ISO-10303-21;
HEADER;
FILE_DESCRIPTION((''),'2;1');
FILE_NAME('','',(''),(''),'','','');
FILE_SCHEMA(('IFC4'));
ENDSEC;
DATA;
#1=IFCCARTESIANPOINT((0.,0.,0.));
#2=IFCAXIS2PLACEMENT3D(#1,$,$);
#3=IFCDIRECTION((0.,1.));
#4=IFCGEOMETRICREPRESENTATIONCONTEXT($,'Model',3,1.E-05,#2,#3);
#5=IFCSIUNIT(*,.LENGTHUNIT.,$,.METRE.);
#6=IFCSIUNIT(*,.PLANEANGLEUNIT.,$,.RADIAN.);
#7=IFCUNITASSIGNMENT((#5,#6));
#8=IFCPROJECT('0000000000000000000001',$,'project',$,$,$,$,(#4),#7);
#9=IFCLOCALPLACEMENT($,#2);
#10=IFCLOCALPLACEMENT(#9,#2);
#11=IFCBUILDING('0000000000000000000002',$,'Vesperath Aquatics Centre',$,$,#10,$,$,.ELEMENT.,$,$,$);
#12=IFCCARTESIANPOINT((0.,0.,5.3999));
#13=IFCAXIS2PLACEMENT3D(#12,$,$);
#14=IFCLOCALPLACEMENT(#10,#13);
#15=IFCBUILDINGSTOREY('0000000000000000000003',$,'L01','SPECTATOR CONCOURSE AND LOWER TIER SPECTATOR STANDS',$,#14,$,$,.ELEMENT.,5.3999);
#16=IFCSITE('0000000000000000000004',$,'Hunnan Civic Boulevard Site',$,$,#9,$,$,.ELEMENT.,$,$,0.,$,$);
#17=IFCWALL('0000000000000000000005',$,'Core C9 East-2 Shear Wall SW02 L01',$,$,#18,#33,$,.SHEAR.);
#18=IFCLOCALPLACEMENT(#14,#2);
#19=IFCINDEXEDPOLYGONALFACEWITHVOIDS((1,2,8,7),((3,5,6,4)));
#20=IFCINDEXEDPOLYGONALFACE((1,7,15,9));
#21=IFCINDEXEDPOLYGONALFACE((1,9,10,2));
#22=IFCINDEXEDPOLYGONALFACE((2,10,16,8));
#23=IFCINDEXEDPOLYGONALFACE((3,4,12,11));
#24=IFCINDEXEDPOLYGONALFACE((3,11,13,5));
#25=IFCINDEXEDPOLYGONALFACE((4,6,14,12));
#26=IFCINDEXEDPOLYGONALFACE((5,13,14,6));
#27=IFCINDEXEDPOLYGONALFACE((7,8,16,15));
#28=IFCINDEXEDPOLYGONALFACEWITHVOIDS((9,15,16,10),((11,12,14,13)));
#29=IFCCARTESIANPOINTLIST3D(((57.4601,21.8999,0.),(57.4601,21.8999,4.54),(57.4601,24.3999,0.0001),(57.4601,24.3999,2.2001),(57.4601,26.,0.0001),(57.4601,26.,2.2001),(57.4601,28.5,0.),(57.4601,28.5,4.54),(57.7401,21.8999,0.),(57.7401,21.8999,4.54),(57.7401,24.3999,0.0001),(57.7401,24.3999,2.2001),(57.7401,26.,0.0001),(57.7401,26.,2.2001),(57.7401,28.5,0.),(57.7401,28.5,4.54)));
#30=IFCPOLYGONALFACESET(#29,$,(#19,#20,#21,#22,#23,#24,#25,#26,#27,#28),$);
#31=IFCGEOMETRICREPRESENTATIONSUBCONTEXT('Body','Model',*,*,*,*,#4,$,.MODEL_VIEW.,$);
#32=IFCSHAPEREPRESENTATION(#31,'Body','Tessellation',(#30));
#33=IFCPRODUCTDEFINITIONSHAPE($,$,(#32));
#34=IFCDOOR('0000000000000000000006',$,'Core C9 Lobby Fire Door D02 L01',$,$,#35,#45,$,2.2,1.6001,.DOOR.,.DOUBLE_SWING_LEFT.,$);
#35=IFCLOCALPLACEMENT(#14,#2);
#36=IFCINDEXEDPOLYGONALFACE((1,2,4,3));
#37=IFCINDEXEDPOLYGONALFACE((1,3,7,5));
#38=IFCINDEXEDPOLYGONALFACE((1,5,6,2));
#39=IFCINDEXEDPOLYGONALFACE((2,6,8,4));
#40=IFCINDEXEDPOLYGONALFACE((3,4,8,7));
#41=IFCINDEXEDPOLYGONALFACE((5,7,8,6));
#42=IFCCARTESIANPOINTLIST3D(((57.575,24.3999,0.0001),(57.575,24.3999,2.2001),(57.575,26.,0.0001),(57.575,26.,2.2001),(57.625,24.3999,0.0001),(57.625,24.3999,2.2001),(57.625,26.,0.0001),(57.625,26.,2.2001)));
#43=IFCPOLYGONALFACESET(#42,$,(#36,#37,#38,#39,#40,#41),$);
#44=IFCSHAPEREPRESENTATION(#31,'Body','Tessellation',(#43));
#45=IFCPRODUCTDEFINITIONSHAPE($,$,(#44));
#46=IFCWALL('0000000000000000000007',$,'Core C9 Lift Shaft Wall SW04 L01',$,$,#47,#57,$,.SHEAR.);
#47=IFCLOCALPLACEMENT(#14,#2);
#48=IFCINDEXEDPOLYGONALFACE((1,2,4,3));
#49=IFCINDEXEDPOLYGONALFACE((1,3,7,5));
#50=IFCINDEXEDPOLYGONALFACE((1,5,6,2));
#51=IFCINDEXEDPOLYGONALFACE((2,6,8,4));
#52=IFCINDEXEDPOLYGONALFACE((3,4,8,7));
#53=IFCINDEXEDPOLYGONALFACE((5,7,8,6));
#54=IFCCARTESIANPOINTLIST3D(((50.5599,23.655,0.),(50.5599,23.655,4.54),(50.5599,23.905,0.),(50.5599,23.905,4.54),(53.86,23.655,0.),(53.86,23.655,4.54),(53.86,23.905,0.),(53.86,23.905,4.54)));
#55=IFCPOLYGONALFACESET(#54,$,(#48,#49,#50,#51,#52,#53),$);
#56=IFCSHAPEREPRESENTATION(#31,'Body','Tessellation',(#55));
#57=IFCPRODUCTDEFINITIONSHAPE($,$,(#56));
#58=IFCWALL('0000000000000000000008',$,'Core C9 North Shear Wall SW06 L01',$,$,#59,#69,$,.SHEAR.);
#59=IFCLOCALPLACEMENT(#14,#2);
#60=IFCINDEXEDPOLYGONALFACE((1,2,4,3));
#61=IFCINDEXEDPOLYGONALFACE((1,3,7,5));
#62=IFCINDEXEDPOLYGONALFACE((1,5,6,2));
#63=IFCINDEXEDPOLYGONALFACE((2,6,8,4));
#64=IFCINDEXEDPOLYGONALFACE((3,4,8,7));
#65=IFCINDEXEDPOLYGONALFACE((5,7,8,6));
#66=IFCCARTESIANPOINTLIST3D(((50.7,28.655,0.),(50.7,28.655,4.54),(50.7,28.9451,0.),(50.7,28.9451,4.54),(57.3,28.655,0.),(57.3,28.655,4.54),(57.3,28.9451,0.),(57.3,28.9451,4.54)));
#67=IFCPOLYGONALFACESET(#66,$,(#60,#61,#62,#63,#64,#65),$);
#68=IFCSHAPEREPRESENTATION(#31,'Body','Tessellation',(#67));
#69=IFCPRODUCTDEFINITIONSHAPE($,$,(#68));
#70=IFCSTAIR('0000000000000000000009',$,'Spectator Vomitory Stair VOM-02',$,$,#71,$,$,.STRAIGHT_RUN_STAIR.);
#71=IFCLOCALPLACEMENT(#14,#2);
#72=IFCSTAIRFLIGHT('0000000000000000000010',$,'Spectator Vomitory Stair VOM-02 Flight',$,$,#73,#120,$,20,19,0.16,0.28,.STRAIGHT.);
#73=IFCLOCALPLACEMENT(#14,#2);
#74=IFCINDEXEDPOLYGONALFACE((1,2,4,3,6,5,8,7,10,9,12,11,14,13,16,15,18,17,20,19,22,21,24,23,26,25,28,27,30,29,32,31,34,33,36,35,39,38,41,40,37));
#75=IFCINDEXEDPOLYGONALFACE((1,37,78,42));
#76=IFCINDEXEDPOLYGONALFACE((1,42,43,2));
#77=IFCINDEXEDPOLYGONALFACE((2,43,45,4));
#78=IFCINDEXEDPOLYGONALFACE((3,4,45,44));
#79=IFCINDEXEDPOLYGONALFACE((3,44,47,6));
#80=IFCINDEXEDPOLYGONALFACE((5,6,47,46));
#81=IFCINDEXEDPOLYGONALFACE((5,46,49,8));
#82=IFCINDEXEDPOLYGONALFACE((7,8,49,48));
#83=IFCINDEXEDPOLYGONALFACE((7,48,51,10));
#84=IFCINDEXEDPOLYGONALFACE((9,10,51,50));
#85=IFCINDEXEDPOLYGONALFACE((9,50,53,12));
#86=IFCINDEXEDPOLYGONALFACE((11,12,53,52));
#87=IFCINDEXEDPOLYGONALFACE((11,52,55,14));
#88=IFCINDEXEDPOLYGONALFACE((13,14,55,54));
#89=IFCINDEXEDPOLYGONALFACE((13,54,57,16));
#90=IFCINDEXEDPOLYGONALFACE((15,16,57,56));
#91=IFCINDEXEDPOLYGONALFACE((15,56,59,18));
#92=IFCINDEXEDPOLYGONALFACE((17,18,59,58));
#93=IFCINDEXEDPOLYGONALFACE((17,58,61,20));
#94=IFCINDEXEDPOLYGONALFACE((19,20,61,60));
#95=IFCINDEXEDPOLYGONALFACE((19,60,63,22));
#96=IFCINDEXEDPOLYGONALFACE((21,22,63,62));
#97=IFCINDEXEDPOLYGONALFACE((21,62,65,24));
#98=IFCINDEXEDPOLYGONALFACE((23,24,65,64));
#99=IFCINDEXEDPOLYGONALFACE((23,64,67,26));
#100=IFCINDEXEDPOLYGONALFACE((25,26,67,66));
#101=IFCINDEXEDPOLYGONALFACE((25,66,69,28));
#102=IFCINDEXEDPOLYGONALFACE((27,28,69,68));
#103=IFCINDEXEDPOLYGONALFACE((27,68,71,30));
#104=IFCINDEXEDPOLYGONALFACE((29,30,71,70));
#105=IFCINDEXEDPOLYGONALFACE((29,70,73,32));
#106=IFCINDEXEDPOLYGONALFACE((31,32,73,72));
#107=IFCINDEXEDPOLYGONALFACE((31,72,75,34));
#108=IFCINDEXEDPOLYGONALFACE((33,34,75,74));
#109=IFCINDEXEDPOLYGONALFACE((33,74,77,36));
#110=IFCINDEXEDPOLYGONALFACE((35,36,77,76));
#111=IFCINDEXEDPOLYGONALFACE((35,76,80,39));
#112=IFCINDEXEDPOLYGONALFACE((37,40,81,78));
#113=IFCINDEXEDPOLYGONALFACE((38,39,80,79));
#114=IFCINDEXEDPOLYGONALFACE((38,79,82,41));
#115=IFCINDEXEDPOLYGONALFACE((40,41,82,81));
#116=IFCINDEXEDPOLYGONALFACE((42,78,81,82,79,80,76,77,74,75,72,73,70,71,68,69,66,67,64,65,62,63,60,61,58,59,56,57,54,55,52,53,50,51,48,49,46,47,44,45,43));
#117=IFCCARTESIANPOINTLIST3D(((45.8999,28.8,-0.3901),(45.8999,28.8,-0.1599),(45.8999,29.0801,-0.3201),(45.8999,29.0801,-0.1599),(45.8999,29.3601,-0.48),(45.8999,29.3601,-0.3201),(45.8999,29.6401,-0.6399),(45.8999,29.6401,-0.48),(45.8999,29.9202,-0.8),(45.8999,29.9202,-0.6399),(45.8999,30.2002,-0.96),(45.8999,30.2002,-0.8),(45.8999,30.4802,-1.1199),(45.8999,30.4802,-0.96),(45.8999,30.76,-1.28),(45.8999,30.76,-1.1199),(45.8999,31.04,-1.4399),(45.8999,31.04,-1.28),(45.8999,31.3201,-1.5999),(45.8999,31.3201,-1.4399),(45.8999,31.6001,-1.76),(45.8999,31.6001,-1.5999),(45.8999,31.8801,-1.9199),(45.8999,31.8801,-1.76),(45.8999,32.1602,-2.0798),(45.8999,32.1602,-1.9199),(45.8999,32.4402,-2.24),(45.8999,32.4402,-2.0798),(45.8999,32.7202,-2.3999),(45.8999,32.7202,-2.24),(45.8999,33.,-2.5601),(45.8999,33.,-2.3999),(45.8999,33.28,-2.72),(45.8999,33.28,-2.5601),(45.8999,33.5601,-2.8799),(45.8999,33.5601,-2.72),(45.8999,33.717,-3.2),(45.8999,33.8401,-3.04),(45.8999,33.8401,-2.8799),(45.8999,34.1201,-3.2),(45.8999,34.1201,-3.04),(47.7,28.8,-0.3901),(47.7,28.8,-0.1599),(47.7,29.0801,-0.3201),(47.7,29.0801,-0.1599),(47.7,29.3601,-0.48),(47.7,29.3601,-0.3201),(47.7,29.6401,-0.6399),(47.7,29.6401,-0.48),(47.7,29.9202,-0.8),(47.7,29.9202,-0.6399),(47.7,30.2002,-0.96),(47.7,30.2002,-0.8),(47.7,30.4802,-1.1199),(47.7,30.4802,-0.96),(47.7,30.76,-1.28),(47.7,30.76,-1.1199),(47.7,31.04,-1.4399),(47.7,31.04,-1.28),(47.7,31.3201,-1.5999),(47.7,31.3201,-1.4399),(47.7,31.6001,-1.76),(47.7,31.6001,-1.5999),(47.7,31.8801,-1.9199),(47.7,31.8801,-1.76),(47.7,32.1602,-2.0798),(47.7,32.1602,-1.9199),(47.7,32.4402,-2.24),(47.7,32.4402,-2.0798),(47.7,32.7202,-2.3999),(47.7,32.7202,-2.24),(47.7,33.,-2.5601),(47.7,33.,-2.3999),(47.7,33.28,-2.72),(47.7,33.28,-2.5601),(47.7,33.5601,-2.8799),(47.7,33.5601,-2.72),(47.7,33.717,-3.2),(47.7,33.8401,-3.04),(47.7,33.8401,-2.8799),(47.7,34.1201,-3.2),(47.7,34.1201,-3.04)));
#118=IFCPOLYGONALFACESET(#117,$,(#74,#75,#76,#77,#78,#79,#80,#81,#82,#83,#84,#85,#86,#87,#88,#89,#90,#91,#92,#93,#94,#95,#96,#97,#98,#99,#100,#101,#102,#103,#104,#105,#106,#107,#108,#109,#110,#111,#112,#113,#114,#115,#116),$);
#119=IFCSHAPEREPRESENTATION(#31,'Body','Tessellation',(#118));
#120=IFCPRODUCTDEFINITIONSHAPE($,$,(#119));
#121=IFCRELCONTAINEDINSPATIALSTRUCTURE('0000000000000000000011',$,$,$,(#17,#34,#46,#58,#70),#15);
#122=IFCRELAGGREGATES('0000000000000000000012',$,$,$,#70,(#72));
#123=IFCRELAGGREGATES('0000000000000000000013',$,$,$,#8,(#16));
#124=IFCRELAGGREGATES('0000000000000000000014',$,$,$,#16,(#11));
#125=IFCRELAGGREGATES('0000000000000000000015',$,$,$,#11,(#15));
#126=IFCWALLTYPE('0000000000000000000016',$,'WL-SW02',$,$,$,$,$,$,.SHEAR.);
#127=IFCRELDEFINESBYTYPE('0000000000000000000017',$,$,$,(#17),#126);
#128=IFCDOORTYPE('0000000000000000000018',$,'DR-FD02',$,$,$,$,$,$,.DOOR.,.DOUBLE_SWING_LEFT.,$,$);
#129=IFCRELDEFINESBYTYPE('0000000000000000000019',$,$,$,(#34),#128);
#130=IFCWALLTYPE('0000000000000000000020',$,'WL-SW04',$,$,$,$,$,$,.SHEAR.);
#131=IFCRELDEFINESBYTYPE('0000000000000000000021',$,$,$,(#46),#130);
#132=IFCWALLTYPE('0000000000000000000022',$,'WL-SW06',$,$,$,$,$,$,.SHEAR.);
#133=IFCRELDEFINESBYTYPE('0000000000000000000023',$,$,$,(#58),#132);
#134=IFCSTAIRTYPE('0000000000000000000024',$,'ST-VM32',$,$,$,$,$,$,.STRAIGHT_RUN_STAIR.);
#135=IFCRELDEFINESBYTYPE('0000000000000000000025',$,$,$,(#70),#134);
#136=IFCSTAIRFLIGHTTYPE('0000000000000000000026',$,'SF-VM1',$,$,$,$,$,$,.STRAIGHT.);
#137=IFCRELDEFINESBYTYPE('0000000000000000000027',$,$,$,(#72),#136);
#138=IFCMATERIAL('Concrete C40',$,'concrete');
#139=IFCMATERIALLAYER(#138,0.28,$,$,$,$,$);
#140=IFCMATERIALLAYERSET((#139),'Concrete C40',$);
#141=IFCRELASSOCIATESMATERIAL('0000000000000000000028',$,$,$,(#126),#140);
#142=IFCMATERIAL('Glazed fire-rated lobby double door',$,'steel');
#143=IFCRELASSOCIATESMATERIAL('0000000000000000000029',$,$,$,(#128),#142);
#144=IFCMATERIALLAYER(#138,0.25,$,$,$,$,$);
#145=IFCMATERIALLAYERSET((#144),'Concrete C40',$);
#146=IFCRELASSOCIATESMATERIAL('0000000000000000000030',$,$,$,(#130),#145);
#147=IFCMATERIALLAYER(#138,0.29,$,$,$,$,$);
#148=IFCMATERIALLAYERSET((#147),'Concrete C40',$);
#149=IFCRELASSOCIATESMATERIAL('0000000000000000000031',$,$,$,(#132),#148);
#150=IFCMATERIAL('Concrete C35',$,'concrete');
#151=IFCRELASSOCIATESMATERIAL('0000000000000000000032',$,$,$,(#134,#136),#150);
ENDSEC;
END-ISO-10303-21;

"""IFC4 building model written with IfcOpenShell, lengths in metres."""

from ifc_helpers import new_model, si_unit, direction, frame, frame_2d, origin, place, context, subcontext, project, spatial, polyline, rectangle, outline, extrude, material, layer, layer_set, type_object, element, fill, aggregate, save


model = new_model("IFC4")

# Units and contexts
model_context = context("Model", 3, precision=1e-05, world=origin(), true_north=direction((0.0, 1.0)))
body_context = subcontext(model_context, "Body", "Model", "MODEL_VIEW")
ifc_project = project(units=[si_unit("LENGTHUNIT", "METRE"), si_unit("PLANEANGLEUNIT", "RADIAN")], contexts=[model_context])

# Site, building, storey
site_placement = place(None, origin())
site = spatial("IfcSite", under=ifc_project, at=site_placement, Name="Hunnan Civic Boulevard Site", CompositionType="ELEMENT", RefElevation=0.0)
building_placement = place(site_placement, origin())
building = spatial("IfcBuilding", under=site, at=building_placement, Name="Vesperath Aquatics Centre", CompositionType="ELEMENT")
storey_placement = place(building_placement, frame((0.0, 0.0, 5.3999)))
storey = spatial("IfcBuildingStorey", under=building, at=storey_placement, Name="L01", Description="SPECTATOR CONCOURSE AND LOWER TIER SPECTATOR STANDS", CompositionType="ELEMENT", Elevation=5.3999)

# Shared definitions
ifc_material_1 = material(Name="Concrete C40", Category="concrete")

# Shared definitions
ifc_material_2 = material(Name="Concrete C35", Category="concrete")

# Shared definitions
ifc_layer_1 = layer(ifc_material_1, 0.28)
ifc_layer_set_1 = layer_set([ifc_layer_1], Name="Concrete C40")
wall_type_1 = type_object("IfcWallType", Name="WL-SW02", PredefinedType="SHEAR", material=ifc_layer_set_1)

# Wall, opening, door
wall_1_placement = place(storey_placement, frame((57.6001, 21.8999, 0.0), z_axis=(0.0, 0.0, 1.0), x_axis=(0.0, 1.0, 0.0)))
wall_1 = element("IfcWall", 1, at=wall_1_placement, inside=storey, type_object=wall_type_1, Name="Core C9 East-2 Shear Wall SW02 L01", PredefinedType="SHEAR", context=body_context, shape_type="SweptSolid", body=[
    extrude(rectangle(XDim=6.6001, YDim=0.28, at=frame_2d((3.3, 0.0))), origin(), (0.0, 0.0, 1.0), 4.54),
])
opening_placement = place(wall_1_placement, frame((2.5, 0.0, 0.0)))
opening = element("IfcOpeningElement", 2, at=opening_placement, cuts=wall_1, PredefinedType="OPENING", context=body_context, shape_type="SweptSolid", body=[
    extrude(rectangle(XDim=1.6001, YDim=2.2, at=frame_2d((0.8, 1.1001))), frame((0.0, 0.1548, 0.0), z_axis=(0.0, -1.0, 0.0), x_axis=(1.0, 0.0, 0.0)), (0.0, 0.0, 1.0), 0.3098),
])
ifc_material_3 = material(Name="Glazed fire-rated lobby double door", Category="steel")
door_type = type_object("IfcDoorType", Name="DR-FD02", OperationType="DOUBLE_SWING_LEFT", PredefinedType="DOOR", material=ifc_material_3)
door_placement = place(opening_placement, frame((1.6001, 0.0, 0.0), z_axis=(0.0, 0.0, 1.0), x_axis=(-1.0, 0.0, 0.0)))
door = element("IfcDoor", 3, at=door_placement, inside=storey, type_object=door_type, Name="Core C9 Lobby Fire Door D02 L01", OperationType="DOUBLE_SWING_LEFT", OverallHeight=2.2, OverallWidth=1.6001, PredefinedType="DOOR", context=body_context, shape_type="SweptSolid", body=[
    extrude(rectangle(XDim=1.6001, YDim=2.2, at=frame_2d((0.8, 1.1001))), frame((0.0, 0.0249, 0.0), z_axis=(0.0, -1.0, 0.0), x_axis=(1.0, 0.0, 0.0)), (0.0, 0.0, 1.0), 0.05),
])
fill(opening, door)

# Walls
ifc_layer_2 = layer(ifc_material_1, 0.25)
ifc_layer_set_2 = layer_set([ifc_layer_2], Name="Concrete C40")
wall_type_2 = type_object("IfcWallType", Name="WL-SW04", PredefinedType="SHEAR", material=ifc_layer_set_2)
wall_2_placement = place(storey_placement, frame((50.5601, 23.78, 0.0), z_axis=(0.0, 0.0, 1.0), x_axis=(1.0, 0.0, 0.0)))
element("IfcWall", 4, at=wall_2_placement, inside=storey, type_object=wall_type_2, Name="Core C9 Lift Shaft Wall SW04 L01", PredefinedType="SHEAR", context=body_context, shape_type="SweptSolid", body=[
    extrude(rectangle(XDim=3.3, YDim=0.25, at=frame_2d((1.6499, 0.0))), origin(), (0.0, 0.0, 1.0), 4.54),
])
ifc_layer_3 = layer(ifc_material_1, 0.29)
ifc_layer_set_3 = layer_set([ifc_layer_3], Name="Concrete C40")
wall_type_3 = type_object("IfcWallType", Name="WL-SW06", PredefinedType="SHEAR", material=ifc_layer_set_3)
wall_3_placement = place(storey_placement, frame((50.7, 28.8, 0.0), z_axis=(0.0, 0.0, 1.0), x_axis=(1.0, 0.0, 0.0)))
element("IfcWall", 5, at=wall_3_placement, inside=storey, type_object=wall_type_3, Name="Core C9 North Shear Wall SW06 L01", PredefinedType="SHEAR", context=body_context, shape_type="SweptSolid", body=[
    extrude(rectangle(XDim=6.6001, YDim=0.29, at=frame_2d((3.3, 0.0))), origin(), (0.0, 0.0, 1.0), 4.54),
])

# Stair, stair flight
stair_type = type_object("IfcStairType", Name="ST-VM32", PredefinedType="STRAIGHT_RUN_STAIR", material=ifc_material_2)
stair_placement = place(storey_placement, origin())
stair = element("IfcStair", 6, at=stair_placement, inside=storey, type_object=stair_type, Name="Spectator Vomitory Stair VOM-02", PredefinedType="STRAIGHT_RUN_STAIR")
stair_flight_type = type_object("IfcStairFlightType", Name="SF-VM1", PredefinedType="STRAIGHT", material=ifc_material_2)
stair_flight_placement = place(storey_placement, frame((46.8, 34.1201, -3.2), z_axis=(0.0, 0.0, 1.0), x_axis=(0.0, -1.0, 0.0)))
stair_flight = element("IfcStairFlight", 7, at=stair_flight_placement, type_object=stair_flight_type, Name="Spectator Vomitory Stair VOM-02 Flight", NumberOfRisers=20, NumberOfTreads=19, PredefinedType="STRAIGHT", RiserHeight=0.16, TreadLength=0.28, context=body_context, shape_type="SweptSolid", body=[
    extrude(outline(polyline([(0.0, 0.0), (0.0, 0.1599), (0.28, 0.1599), (0.28, 0.3201), (0.5601, 0.3201), (0.5601, 0.48), (0.8401, 0.48), (0.8401, 0.6399), (1.1201, 0.6399), (1.1201, 0.8), (1.3999, 0.8), (1.3999, 0.96), (1.6799, 0.96), (1.6799, 1.1201), (1.96, 1.1201), (1.96, 1.28), (2.24, 1.28), (2.24, 1.4399), (2.52, 1.4399), (2.52, 1.6001), (2.8, 1.6001), (2.8, 1.76), (3.0801, 1.76), (3.0801, 1.9199), (3.3601, 1.9199), (3.3601, 2.0801), (3.6399, 2.0801), (3.6399, 2.24), (3.9199, 2.24), (3.9199, 2.3999), (4.2, 2.3999), (4.2, 2.5601), (4.48, 2.5601), (4.48, 2.72), (4.76, 2.72), (4.76, 2.8799), (5.04, 2.8799), (5.04, 3.04), (5.3201, 3.04), (5.3201, 3.2), (5.3201, 2.8098), (0.4031, 0.0), (0.0, 0.0)])), frame((0.0, 0.8999, 0.0), z_axis=(0.0, -1.0, 0.0), x_axis=(1.0, 0.0, 0.0)), (0.0, 0.0, 1.0), 1.8),
])
aggregate(stair, [stair_flight])

save(model, "model.ifc")
